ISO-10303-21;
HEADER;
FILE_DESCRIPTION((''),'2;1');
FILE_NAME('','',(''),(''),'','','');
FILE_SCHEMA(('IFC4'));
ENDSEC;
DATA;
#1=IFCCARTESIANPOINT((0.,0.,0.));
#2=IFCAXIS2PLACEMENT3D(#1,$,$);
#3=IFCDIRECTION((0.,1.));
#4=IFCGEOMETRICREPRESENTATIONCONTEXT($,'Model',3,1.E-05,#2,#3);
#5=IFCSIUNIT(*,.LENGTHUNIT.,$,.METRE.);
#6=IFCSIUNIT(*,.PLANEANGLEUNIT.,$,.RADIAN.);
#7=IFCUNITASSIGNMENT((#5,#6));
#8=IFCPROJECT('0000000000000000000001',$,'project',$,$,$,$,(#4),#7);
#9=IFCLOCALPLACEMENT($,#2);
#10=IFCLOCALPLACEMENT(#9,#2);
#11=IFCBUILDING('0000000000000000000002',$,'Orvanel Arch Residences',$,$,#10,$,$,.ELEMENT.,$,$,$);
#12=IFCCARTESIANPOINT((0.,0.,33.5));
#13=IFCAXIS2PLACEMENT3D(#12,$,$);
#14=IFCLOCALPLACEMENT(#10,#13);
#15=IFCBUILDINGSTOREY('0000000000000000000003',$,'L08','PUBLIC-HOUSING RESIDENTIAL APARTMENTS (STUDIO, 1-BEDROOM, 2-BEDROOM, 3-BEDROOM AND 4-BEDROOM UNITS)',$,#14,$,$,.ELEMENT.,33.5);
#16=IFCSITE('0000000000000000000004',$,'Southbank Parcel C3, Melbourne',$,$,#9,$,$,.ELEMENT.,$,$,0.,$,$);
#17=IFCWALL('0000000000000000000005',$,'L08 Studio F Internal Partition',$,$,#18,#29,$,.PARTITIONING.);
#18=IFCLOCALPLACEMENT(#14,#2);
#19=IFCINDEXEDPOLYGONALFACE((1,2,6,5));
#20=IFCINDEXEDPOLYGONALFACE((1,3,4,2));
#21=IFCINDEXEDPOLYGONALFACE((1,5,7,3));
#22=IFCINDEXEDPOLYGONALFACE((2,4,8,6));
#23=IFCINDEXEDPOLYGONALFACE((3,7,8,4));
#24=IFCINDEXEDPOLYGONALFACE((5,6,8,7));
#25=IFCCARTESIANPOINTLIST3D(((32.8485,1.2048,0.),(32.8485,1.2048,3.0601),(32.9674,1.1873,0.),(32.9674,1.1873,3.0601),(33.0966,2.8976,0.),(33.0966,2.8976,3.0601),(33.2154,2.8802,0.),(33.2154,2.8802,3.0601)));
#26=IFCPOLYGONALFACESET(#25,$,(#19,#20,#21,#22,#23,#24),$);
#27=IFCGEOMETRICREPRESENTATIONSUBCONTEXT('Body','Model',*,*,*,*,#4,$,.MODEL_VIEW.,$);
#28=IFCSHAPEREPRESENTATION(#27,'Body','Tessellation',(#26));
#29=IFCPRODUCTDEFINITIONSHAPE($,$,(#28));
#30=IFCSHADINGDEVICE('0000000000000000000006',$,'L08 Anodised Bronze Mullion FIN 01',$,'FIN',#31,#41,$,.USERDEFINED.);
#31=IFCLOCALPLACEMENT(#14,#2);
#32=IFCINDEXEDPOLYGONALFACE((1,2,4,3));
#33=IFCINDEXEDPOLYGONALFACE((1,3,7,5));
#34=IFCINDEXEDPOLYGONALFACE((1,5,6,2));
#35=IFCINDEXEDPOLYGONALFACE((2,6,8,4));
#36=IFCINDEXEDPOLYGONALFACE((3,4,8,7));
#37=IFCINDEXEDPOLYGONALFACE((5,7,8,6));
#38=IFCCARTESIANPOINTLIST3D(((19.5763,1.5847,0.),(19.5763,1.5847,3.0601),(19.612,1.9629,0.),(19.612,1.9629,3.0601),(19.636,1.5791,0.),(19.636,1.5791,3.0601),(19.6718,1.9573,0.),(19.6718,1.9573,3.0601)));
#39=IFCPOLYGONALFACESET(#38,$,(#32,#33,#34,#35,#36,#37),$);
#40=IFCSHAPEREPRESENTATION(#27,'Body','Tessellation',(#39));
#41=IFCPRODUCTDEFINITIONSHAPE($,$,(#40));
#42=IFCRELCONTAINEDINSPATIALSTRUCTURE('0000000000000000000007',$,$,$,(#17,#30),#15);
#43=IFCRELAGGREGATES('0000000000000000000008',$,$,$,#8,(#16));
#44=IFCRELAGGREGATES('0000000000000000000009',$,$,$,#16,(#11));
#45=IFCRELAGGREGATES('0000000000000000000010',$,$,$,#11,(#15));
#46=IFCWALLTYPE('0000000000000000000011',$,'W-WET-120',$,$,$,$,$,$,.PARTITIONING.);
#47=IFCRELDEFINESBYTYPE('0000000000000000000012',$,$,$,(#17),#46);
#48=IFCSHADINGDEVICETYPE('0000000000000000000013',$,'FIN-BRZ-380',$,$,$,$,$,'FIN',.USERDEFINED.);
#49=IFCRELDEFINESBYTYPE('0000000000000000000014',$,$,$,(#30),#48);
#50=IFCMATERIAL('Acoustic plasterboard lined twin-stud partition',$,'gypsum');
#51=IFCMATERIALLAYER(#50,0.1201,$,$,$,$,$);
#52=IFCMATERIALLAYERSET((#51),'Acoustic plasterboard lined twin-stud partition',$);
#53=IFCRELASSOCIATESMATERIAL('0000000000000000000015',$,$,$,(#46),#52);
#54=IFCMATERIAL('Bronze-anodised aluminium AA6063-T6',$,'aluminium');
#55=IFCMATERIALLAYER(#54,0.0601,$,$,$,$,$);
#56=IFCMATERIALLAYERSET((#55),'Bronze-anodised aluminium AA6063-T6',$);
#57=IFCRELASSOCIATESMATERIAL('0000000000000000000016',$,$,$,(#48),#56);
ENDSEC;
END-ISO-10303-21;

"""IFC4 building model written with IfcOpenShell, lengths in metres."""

from ifc_helpers import new_model, si_unit, direction, frame, frame_2d, origin, origin_2d, place, context, subcontext, project, spatial, rectangle, extrude, material, layer, layer_set, type_object, element, save


model = new_model("IFC4")

# Units and contexts
model_context = context("Model", 3, precision=1e-05, world=origin(), true_north=direction((0.0, 1.0)))
body_context = subcontext(model_context, "Body", "Model", "MODEL_VIEW")
ifc_project = project(units=[si_unit("LENGTHUNIT", "METRE"), si_unit("PLANEANGLEUNIT", "RADIAN")], contexts=[model_context])

# Site, building, storey
site_placement = place(None, origin())
site = spatial("IfcSite", under=ifc_project, at=site_placement, Name="Southbank Parcel C3, Melbourne", CompositionType="ELEMENT", RefElevation=0.0)
building_placement = place(site_placement, origin())
building = spatial("IfcBuilding", under=site, at=building_placement, Name="Orvanel Arch Residences", CompositionType="ELEMENT")
storey_placement = place(building_placement, frame((0.0, 0.0, 33.5)))
storey = spatial("IfcBuildingStorey", under=building, at=storey_placement, Name="L08", Description="PUBLIC-HOUSING RESIDENTIAL APARTMENTS (STUDIO, 1-BEDROOM, 2-BEDROOM, 3-BEDROOM AND 4-BEDROOM UNITS)", CompositionType="ELEMENT", Elevation=33.5)

# Shared definitions
ifc_material_1 = material(Name="Bronze-anodised aluminium AA6063-T6", Category="aluminium")

# Shared definitions
ifc_material_2 = material(Name="Acoustic plasterboard lined twin-stud partition", Category="gypsum")

# Wall
ifc_layer_1 = layer(ifc_material_2, 0.1201)
ifc_layer_set_1 = layer_set([ifc_layer_1], Name="Acoustic plasterboard lined twin-stud partition")
wall_type_1 = type_object("IfcWallType", Name="W-WET-120", PredefinedType="PARTITIONING", material=ifc_layer_set_1)
wall_1_placement = place(storey_placement, frame((32.908, 1.196, 0.0), z_axis=(0.0, 0.0, 1.0), x_axis=(0.144976, 0.989435, 0.0)))
element("IfcWall", 1, at=wall_1_placement, inside=storey, type_object=wall_type_1, Name="L08 Studio F Internal Partition", PredefinedType="PARTITIONING", context=body_context, shape_type="SweptSolid", body=[
    extrude(rectangle(XDim=1.7109, YDim=0.1201, at=frame_2d((0.8555, 0.0))), origin(), (0.0, 0.0, 1.0), 3.0601),
])

# Shading device
ifc_layer_2 = layer(ifc_material_1, 0.0601)
ifc_layer_set_2 = layer_set([ifc_layer_2], Name="Bronze-anodised aluminium AA6063-T6")
shading_device_type = type_object("IfcShadingDeviceType", Name="FIN-BRZ-380", ElementType="FIN", PredefinedType="USERDEFINED", material=ifc_layer_set_2)
shading_device_placement = place(storey_placement, frame((19.624, 1.771, 0.0), z_axis=(0.0, 0.0, 1.0), x_axis=(-0.094108, -0.995562, 0.0)))
element("IfcShadingDevice", 2, at=shading_device_placement, inside=storey, type_object=shading_device_type, Name="L08 Anodised Bronze Mullion FIN 01", ObjectType="FIN", PredefinedType="USERDEFINED", context=body_context, shape_type="SweptSolid", body=[
    extrude(rectangle(XDim=0.3799, YDim=0.0601, at=origin_2d()), origin(), (0.0, 0.0, 1.0), 3.0601),
])

save(model, "model.ifc")
